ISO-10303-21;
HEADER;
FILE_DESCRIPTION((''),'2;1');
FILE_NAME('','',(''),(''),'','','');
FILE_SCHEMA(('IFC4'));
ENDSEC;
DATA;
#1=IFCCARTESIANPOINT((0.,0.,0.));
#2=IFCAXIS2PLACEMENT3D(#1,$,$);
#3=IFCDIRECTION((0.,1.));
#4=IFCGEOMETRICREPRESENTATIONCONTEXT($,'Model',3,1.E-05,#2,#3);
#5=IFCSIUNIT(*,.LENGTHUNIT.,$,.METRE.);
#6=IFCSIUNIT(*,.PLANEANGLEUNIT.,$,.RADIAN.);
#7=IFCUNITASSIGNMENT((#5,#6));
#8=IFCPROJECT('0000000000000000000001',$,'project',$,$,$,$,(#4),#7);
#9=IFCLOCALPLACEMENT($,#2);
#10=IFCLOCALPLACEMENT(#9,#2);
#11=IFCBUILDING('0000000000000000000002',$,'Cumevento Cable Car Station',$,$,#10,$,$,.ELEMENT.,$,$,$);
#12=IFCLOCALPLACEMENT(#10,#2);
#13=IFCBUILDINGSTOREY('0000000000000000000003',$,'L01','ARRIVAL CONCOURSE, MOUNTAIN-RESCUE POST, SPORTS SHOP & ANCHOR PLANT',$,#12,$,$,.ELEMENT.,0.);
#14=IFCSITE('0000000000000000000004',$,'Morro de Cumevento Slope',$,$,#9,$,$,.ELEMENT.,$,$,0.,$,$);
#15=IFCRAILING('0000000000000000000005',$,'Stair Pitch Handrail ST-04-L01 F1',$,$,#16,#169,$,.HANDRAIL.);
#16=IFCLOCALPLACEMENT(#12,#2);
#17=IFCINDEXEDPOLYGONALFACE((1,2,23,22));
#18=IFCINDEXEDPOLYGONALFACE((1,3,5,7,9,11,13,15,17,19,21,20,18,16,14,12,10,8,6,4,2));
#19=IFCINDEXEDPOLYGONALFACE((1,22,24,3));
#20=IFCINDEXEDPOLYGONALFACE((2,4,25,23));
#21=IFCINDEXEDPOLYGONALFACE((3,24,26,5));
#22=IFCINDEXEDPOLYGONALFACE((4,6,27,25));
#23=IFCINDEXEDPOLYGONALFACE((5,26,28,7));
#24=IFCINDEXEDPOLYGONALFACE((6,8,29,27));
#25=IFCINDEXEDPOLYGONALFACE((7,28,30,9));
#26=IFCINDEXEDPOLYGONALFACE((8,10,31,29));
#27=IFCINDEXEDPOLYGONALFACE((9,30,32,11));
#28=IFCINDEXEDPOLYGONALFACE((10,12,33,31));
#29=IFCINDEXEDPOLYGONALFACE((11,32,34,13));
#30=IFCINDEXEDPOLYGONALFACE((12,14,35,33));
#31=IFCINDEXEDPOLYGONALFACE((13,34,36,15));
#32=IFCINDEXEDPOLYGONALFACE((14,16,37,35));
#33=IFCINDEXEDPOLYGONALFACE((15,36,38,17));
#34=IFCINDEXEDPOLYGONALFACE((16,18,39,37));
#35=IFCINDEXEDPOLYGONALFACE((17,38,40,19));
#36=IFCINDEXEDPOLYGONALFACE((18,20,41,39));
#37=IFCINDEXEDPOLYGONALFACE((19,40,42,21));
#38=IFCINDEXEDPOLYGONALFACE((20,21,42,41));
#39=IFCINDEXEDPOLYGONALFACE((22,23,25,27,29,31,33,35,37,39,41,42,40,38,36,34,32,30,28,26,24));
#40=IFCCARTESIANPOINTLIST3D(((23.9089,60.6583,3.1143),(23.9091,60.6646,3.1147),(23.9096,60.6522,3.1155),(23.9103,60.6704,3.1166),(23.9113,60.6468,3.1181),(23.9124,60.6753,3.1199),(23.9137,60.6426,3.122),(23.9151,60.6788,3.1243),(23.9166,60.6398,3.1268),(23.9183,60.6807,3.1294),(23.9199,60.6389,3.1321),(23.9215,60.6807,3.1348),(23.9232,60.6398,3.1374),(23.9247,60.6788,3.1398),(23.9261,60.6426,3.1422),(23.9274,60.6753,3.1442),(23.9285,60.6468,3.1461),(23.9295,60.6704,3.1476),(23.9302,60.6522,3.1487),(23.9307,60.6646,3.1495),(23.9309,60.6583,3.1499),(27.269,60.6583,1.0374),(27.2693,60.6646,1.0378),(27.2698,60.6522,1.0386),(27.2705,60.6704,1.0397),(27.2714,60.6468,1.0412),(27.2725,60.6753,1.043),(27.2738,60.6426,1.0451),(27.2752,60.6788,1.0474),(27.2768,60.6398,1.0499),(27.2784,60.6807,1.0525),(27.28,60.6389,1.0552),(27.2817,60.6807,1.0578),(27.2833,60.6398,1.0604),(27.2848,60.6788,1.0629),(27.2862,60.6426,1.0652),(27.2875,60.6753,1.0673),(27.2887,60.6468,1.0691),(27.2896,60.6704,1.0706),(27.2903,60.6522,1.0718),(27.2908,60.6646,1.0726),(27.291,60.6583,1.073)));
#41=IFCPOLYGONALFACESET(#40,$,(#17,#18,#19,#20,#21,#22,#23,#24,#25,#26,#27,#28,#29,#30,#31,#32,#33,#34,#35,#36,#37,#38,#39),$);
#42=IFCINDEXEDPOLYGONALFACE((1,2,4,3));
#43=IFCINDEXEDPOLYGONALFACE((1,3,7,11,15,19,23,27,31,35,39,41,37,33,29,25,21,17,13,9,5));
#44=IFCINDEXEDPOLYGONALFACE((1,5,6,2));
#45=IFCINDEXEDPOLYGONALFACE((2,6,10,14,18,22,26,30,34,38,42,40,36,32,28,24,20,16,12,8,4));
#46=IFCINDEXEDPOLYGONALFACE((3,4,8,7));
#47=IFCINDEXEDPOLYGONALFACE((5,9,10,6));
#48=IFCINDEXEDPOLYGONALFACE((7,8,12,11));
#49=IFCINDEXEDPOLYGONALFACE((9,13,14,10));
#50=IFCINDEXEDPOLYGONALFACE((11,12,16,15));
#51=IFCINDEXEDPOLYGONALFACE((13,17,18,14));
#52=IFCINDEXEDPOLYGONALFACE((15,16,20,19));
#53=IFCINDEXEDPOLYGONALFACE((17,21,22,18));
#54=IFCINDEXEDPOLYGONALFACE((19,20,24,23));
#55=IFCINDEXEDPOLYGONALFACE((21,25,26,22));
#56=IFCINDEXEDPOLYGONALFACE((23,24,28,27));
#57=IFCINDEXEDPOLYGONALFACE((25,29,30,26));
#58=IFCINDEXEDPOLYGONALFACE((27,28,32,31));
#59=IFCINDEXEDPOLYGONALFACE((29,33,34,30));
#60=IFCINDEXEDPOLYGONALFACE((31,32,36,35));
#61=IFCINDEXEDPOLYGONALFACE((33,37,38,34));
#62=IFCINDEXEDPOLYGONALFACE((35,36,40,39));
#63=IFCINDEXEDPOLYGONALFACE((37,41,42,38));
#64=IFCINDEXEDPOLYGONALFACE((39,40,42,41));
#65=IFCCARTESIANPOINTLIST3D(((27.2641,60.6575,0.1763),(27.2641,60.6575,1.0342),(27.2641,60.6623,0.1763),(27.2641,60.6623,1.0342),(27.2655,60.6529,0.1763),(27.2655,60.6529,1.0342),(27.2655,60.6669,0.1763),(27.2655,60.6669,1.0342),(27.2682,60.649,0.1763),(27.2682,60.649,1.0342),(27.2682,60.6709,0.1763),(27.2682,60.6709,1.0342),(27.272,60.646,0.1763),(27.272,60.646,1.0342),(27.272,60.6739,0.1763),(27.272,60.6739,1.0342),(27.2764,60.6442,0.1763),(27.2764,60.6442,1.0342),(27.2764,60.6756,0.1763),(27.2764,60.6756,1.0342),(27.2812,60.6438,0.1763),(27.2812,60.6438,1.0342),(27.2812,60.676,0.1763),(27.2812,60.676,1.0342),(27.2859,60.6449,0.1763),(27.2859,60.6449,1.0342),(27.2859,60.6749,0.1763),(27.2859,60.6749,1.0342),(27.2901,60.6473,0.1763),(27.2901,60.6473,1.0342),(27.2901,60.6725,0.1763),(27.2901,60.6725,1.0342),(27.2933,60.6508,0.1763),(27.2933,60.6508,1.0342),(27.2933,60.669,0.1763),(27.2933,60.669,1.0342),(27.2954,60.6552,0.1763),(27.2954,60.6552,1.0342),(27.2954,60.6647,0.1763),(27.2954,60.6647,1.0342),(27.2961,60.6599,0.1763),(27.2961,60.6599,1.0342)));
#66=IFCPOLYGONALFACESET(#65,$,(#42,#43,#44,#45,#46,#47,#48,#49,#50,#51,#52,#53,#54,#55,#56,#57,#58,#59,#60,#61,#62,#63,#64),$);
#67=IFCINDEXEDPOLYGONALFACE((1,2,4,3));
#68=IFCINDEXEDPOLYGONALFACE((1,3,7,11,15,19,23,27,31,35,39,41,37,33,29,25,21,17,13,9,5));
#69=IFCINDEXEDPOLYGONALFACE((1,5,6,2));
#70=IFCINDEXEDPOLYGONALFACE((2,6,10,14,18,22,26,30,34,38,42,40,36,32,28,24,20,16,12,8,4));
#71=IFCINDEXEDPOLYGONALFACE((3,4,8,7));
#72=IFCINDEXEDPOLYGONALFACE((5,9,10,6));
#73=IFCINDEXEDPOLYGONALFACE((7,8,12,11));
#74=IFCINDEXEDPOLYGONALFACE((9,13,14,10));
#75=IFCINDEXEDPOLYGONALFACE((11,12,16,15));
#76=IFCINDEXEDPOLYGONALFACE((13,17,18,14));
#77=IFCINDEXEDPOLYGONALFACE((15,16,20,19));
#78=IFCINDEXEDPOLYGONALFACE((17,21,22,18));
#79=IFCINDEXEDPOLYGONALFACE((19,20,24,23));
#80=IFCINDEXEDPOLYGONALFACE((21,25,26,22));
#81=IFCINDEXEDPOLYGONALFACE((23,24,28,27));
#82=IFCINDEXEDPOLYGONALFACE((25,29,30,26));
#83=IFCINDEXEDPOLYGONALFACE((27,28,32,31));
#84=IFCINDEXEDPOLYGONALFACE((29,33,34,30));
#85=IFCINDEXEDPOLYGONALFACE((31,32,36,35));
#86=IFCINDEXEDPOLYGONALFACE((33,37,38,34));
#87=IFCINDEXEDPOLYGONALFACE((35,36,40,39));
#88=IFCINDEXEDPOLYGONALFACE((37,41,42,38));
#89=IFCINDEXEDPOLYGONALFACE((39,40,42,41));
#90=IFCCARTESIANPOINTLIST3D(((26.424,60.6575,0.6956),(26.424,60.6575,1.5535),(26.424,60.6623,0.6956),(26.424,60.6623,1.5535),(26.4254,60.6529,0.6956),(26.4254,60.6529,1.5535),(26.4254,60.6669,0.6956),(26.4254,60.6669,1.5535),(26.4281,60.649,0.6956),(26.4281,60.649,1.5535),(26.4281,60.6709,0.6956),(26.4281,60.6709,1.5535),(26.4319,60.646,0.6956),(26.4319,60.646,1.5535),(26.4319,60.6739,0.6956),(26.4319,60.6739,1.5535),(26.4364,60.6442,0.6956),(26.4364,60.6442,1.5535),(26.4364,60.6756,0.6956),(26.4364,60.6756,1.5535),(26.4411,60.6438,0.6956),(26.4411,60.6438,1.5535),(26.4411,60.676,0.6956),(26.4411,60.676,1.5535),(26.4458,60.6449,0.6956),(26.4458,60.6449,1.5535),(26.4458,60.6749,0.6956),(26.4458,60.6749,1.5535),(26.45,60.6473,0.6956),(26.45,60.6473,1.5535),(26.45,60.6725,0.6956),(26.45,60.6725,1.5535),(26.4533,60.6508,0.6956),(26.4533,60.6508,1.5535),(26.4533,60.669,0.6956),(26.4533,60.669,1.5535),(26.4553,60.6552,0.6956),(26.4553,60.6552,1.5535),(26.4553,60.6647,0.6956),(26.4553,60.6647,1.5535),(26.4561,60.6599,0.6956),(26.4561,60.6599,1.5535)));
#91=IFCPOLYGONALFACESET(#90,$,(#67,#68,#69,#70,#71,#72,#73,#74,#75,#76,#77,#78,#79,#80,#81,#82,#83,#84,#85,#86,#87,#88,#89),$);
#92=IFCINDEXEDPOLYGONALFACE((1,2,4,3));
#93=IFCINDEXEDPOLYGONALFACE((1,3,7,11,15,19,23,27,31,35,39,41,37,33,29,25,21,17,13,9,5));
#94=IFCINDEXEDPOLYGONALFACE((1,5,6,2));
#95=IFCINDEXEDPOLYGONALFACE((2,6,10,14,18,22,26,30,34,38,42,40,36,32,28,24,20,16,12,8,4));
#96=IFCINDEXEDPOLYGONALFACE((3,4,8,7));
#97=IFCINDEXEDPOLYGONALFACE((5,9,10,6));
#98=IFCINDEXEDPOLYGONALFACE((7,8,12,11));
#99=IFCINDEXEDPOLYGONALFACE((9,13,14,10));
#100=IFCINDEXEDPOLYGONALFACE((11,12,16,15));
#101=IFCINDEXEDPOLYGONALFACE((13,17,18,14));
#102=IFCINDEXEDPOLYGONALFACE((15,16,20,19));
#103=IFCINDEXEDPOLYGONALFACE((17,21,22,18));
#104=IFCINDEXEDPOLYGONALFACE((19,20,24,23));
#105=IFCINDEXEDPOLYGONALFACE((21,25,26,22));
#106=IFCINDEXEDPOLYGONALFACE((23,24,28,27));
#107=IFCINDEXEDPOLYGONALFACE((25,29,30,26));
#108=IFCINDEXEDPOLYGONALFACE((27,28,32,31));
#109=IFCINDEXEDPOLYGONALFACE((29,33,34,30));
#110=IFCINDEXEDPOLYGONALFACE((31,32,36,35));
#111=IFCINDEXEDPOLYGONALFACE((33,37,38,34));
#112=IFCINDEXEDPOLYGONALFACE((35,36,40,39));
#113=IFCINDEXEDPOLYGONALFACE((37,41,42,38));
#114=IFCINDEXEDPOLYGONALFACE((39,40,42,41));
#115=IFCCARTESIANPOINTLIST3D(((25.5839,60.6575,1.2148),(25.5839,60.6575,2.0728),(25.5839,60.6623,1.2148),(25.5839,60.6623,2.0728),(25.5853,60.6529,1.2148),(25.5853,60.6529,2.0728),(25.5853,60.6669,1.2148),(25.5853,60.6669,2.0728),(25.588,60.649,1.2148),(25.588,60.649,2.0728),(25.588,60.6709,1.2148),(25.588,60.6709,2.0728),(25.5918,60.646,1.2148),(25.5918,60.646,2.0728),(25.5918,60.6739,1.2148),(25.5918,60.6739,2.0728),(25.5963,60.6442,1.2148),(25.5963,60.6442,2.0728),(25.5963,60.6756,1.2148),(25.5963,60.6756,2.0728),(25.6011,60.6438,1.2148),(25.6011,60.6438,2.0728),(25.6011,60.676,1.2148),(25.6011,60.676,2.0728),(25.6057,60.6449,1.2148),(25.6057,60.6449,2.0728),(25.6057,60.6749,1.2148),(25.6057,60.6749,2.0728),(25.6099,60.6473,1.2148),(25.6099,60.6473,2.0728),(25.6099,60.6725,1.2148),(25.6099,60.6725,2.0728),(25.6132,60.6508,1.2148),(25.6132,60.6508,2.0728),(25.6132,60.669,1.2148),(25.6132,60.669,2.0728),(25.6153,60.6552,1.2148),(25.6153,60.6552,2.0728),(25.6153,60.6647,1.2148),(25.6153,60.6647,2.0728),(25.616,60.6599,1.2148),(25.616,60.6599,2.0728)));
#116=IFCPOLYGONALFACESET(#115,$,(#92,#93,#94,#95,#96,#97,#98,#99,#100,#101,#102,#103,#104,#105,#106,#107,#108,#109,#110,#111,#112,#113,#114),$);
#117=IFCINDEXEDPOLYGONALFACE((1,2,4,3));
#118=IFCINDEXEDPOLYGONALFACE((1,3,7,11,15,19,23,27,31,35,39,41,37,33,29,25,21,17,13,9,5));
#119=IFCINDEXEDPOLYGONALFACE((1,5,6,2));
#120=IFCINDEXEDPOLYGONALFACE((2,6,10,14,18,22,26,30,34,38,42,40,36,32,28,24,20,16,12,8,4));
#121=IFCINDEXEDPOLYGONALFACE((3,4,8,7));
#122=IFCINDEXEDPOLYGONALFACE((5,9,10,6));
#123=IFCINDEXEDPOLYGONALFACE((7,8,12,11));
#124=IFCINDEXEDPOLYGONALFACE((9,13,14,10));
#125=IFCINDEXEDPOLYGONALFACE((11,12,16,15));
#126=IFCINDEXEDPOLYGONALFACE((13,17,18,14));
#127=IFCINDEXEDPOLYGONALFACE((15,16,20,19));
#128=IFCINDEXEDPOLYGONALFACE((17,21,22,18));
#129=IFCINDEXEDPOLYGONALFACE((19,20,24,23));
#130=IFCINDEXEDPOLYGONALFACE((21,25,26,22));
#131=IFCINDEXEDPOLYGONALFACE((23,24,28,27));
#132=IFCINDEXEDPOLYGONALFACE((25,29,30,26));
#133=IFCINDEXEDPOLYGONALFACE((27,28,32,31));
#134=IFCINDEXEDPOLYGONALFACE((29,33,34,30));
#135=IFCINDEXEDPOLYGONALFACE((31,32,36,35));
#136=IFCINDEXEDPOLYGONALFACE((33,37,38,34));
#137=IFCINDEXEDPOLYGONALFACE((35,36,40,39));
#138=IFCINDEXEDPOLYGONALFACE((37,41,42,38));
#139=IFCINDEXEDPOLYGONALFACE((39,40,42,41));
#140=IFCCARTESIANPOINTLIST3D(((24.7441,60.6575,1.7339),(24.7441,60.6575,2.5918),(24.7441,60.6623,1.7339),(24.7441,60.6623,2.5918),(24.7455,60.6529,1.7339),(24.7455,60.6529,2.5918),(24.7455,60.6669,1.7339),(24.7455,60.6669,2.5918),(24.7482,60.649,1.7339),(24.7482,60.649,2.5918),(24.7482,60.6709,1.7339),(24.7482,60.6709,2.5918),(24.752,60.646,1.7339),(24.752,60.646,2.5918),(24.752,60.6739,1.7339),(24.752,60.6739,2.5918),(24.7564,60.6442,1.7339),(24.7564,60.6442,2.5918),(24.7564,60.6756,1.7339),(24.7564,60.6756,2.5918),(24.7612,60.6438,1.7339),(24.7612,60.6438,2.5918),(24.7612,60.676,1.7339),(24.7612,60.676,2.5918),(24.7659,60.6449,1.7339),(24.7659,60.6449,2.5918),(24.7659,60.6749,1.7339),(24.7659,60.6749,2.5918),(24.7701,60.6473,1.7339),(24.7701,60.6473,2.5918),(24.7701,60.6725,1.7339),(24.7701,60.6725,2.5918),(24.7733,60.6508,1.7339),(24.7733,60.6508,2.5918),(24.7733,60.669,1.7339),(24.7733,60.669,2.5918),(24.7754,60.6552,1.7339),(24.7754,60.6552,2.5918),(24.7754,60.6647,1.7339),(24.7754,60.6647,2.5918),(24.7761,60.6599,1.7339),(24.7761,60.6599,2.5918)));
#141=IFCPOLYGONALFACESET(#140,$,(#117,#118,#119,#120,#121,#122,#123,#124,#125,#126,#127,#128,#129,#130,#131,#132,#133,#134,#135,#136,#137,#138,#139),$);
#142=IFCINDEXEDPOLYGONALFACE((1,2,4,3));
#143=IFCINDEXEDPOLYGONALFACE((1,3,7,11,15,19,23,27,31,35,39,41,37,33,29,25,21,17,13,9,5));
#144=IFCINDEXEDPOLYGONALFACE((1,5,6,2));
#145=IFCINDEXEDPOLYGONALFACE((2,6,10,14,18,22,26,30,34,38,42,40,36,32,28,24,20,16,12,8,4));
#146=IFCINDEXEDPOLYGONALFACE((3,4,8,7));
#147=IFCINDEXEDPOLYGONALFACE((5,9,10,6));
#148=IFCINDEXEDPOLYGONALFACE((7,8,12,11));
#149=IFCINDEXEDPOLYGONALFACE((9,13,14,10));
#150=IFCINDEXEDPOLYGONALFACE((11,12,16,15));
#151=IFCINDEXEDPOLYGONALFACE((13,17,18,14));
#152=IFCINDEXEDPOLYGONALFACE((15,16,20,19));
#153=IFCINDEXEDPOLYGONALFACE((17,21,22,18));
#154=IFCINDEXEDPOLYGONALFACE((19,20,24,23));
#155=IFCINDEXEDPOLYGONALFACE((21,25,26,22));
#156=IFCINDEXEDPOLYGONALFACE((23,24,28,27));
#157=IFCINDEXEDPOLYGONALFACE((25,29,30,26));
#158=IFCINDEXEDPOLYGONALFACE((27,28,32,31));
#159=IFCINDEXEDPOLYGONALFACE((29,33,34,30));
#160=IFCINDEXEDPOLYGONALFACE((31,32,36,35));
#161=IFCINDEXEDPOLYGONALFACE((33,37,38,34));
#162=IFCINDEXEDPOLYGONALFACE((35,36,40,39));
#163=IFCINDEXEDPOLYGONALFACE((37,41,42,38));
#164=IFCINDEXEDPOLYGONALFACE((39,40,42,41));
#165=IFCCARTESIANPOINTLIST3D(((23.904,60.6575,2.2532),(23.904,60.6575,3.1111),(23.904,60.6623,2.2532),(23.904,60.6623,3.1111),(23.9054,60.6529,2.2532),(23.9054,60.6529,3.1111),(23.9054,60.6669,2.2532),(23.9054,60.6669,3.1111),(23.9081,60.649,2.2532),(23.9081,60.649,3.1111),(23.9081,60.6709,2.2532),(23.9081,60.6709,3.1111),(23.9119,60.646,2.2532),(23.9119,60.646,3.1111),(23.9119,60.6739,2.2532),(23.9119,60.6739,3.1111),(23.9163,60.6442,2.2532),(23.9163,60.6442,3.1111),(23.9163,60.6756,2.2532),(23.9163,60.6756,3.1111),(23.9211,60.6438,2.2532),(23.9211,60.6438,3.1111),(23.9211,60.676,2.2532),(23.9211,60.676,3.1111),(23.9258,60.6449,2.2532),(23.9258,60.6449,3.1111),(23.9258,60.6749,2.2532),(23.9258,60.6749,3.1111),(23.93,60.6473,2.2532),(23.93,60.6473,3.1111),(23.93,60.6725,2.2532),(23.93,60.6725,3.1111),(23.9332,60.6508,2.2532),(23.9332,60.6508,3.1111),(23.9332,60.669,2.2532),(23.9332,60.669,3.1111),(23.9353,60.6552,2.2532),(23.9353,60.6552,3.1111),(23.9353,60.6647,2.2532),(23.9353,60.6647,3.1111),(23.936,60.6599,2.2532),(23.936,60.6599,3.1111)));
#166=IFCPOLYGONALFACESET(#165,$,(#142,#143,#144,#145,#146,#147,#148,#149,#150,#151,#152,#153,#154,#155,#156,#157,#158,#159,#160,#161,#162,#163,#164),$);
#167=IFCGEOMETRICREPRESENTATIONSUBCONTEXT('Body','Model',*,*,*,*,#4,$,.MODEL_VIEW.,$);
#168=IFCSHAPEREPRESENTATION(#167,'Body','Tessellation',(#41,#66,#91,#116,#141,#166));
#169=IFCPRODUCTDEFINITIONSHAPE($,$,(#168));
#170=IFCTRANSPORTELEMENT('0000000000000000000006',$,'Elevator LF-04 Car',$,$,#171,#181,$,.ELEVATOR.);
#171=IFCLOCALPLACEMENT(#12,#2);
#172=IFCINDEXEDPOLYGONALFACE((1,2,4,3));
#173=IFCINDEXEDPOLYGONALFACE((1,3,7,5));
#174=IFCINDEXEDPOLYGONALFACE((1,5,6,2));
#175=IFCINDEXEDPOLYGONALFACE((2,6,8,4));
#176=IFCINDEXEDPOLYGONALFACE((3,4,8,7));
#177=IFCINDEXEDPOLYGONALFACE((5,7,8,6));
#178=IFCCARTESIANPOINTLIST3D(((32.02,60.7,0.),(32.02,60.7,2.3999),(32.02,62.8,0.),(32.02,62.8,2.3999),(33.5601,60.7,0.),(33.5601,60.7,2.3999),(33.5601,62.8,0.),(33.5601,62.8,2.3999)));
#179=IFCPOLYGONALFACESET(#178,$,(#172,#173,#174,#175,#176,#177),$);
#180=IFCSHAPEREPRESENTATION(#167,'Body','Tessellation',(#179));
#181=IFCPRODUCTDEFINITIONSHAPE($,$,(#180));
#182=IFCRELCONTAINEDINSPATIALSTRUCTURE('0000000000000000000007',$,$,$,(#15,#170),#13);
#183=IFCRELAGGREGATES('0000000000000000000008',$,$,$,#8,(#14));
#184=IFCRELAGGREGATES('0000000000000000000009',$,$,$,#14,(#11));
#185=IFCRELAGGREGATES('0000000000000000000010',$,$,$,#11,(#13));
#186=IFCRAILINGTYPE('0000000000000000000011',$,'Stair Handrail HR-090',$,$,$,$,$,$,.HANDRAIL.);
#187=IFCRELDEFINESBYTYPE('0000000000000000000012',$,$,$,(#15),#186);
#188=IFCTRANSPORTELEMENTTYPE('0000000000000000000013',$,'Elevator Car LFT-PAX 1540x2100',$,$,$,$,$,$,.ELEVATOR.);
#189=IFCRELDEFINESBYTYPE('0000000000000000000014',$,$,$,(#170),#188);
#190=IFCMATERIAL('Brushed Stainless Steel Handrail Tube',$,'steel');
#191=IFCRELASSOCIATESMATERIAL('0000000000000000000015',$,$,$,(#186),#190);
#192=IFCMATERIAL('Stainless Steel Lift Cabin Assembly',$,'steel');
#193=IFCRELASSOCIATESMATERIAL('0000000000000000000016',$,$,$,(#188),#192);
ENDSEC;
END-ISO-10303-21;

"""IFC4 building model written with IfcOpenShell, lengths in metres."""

from ifc_helpers import new_model, si_unit, direction, frame, origin, origin_2d, place, context, subcontext, project, spatial, rectangle, circle, extrude, material, type_object, element, save


model = new_model("IFC4")

# Units and contexts
model_context = context("Model", 3, precision=1e-05, world=origin(), true_north=direction((0.0, 1.0)))
body_context = subcontext(model_context, "Body", "Model", "MODEL_VIEW")
ifc_project = project(units=[si_unit("LENGTHUNIT", "METRE"), si_unit("PLANEANGLEUNIT", "RADIAN")], contexts=[model_context])

# Site, building, storey
site_placement = place(None, origin())
site = spatial("IfcSite", under=ifc_project, at=site_placement, Name="Morro de Cumevento Slope", CompositionType="ELEMENT", RefElevation=0.0)
building_placement = place(site_placement, origin())
building = spatial("IfcBuilding", under=site, at=building_placement, Name="Cumevento Cable Car Station", CompositionType="ELEMENT")
storey_placement = place(building_placement, origin())
storey = spatial("IfcBuildingStorey", under=building, at=storey_placement, Name="L01", Description="ARRIVAL CONCOURSE, MOUNTAIN-RESCUE POST, SPORTS SHOP & ANCHOR PLANT", CompositionType="ELEMENT", Elevation=0.0)

# Railing
ifc_material_1 = material(Name="Brushed Stainless Steel Handrail Tube", Category="steel")
railing_type_1 = type_object("IfcRailingType", Name="Stair Handrail HR-090", PredefinedType="HANDRAIL", material=ifc_material_1)
railing_1_placement = place(storey_placement, frame((27.28, 60.6599, 0.1763)))
element("IfcRailing", 1, at=railing_1_placement, inside=storey, type_object=railing_type_1, Name="Stair Pitch Handrail ST-04-L01 F1", PredefinedType="HANDRAIL", context=body_context, shape_type="SweptSolid", body=[
    extrude(circle(Radius=0.021, at=origin_2d()), frame((0.0, 0.0, 0.8789), z_axis=(-0.850623, 0.0, 0.525776), x_axis=(0.0, -1.0, 0.0)), (0.0, 0.0, 1.0), 3.9502),
    extrude(circle(Radius=0.0161, at=origin_2d()), origin(), (0.0, 0.0, 1.0), 0.8579),
    extrude(circle(Radius=0.0161, at=origin_2d()), frame((-0.8401, 0.0, 0.5193)), (0.0, 0.0, 1.0), 0.8579),
    extrude(circle(Radius=0.0161, at=origin_2d()), frame((-1.6802, 0.0, 1.0386)), (0.0, 0.0, 1.0), 0.8579),
    extrude(circle(Radius=0.0161, at=origin_2d()), frame((-2.52, 0.0, 1.5576)), (0.0, 0.0, 1.0), 0.8579),
    extrude(circle(Radius=0.0161, at=origin_2d()), frame((-3.3601, 0.0, 2.0769)), (0.0, 0.0, 1.0), 0.8579),
])

# Transport element
ifc_material_2 = material(Name="Stainless Steel Lift Cabin Assembly", Category="steel")
transport_element_type = type_object("IfcTransportElementType", Name="Elevator Car LFT-PAX 1540x2100", PredefinedType="ELEVATOR", material=ifc_material_2)
transport_element_placement = place(storey_placement, frame((32.79, 61.75, 0.0), z_axis=(0.0, 0.0, 1.0), x_axis=(1.0, 0.0, 0.0)))
element("IfcTransportElement", 2, at=transport_element_placement, inside=storey, type_object=transport_element_type, Name="Elevator LF-04 Car", PredefinedType="ELEVATOR", context=body_context, shape_type="SweptSolid", body=[
    extrude(rectangle(XDim=1.54, YDim=2.1001, at=origin_2d()), origin(), (0.0, 0.0, 1.0), 2.3999),
])

save(model, "model.ifc")
